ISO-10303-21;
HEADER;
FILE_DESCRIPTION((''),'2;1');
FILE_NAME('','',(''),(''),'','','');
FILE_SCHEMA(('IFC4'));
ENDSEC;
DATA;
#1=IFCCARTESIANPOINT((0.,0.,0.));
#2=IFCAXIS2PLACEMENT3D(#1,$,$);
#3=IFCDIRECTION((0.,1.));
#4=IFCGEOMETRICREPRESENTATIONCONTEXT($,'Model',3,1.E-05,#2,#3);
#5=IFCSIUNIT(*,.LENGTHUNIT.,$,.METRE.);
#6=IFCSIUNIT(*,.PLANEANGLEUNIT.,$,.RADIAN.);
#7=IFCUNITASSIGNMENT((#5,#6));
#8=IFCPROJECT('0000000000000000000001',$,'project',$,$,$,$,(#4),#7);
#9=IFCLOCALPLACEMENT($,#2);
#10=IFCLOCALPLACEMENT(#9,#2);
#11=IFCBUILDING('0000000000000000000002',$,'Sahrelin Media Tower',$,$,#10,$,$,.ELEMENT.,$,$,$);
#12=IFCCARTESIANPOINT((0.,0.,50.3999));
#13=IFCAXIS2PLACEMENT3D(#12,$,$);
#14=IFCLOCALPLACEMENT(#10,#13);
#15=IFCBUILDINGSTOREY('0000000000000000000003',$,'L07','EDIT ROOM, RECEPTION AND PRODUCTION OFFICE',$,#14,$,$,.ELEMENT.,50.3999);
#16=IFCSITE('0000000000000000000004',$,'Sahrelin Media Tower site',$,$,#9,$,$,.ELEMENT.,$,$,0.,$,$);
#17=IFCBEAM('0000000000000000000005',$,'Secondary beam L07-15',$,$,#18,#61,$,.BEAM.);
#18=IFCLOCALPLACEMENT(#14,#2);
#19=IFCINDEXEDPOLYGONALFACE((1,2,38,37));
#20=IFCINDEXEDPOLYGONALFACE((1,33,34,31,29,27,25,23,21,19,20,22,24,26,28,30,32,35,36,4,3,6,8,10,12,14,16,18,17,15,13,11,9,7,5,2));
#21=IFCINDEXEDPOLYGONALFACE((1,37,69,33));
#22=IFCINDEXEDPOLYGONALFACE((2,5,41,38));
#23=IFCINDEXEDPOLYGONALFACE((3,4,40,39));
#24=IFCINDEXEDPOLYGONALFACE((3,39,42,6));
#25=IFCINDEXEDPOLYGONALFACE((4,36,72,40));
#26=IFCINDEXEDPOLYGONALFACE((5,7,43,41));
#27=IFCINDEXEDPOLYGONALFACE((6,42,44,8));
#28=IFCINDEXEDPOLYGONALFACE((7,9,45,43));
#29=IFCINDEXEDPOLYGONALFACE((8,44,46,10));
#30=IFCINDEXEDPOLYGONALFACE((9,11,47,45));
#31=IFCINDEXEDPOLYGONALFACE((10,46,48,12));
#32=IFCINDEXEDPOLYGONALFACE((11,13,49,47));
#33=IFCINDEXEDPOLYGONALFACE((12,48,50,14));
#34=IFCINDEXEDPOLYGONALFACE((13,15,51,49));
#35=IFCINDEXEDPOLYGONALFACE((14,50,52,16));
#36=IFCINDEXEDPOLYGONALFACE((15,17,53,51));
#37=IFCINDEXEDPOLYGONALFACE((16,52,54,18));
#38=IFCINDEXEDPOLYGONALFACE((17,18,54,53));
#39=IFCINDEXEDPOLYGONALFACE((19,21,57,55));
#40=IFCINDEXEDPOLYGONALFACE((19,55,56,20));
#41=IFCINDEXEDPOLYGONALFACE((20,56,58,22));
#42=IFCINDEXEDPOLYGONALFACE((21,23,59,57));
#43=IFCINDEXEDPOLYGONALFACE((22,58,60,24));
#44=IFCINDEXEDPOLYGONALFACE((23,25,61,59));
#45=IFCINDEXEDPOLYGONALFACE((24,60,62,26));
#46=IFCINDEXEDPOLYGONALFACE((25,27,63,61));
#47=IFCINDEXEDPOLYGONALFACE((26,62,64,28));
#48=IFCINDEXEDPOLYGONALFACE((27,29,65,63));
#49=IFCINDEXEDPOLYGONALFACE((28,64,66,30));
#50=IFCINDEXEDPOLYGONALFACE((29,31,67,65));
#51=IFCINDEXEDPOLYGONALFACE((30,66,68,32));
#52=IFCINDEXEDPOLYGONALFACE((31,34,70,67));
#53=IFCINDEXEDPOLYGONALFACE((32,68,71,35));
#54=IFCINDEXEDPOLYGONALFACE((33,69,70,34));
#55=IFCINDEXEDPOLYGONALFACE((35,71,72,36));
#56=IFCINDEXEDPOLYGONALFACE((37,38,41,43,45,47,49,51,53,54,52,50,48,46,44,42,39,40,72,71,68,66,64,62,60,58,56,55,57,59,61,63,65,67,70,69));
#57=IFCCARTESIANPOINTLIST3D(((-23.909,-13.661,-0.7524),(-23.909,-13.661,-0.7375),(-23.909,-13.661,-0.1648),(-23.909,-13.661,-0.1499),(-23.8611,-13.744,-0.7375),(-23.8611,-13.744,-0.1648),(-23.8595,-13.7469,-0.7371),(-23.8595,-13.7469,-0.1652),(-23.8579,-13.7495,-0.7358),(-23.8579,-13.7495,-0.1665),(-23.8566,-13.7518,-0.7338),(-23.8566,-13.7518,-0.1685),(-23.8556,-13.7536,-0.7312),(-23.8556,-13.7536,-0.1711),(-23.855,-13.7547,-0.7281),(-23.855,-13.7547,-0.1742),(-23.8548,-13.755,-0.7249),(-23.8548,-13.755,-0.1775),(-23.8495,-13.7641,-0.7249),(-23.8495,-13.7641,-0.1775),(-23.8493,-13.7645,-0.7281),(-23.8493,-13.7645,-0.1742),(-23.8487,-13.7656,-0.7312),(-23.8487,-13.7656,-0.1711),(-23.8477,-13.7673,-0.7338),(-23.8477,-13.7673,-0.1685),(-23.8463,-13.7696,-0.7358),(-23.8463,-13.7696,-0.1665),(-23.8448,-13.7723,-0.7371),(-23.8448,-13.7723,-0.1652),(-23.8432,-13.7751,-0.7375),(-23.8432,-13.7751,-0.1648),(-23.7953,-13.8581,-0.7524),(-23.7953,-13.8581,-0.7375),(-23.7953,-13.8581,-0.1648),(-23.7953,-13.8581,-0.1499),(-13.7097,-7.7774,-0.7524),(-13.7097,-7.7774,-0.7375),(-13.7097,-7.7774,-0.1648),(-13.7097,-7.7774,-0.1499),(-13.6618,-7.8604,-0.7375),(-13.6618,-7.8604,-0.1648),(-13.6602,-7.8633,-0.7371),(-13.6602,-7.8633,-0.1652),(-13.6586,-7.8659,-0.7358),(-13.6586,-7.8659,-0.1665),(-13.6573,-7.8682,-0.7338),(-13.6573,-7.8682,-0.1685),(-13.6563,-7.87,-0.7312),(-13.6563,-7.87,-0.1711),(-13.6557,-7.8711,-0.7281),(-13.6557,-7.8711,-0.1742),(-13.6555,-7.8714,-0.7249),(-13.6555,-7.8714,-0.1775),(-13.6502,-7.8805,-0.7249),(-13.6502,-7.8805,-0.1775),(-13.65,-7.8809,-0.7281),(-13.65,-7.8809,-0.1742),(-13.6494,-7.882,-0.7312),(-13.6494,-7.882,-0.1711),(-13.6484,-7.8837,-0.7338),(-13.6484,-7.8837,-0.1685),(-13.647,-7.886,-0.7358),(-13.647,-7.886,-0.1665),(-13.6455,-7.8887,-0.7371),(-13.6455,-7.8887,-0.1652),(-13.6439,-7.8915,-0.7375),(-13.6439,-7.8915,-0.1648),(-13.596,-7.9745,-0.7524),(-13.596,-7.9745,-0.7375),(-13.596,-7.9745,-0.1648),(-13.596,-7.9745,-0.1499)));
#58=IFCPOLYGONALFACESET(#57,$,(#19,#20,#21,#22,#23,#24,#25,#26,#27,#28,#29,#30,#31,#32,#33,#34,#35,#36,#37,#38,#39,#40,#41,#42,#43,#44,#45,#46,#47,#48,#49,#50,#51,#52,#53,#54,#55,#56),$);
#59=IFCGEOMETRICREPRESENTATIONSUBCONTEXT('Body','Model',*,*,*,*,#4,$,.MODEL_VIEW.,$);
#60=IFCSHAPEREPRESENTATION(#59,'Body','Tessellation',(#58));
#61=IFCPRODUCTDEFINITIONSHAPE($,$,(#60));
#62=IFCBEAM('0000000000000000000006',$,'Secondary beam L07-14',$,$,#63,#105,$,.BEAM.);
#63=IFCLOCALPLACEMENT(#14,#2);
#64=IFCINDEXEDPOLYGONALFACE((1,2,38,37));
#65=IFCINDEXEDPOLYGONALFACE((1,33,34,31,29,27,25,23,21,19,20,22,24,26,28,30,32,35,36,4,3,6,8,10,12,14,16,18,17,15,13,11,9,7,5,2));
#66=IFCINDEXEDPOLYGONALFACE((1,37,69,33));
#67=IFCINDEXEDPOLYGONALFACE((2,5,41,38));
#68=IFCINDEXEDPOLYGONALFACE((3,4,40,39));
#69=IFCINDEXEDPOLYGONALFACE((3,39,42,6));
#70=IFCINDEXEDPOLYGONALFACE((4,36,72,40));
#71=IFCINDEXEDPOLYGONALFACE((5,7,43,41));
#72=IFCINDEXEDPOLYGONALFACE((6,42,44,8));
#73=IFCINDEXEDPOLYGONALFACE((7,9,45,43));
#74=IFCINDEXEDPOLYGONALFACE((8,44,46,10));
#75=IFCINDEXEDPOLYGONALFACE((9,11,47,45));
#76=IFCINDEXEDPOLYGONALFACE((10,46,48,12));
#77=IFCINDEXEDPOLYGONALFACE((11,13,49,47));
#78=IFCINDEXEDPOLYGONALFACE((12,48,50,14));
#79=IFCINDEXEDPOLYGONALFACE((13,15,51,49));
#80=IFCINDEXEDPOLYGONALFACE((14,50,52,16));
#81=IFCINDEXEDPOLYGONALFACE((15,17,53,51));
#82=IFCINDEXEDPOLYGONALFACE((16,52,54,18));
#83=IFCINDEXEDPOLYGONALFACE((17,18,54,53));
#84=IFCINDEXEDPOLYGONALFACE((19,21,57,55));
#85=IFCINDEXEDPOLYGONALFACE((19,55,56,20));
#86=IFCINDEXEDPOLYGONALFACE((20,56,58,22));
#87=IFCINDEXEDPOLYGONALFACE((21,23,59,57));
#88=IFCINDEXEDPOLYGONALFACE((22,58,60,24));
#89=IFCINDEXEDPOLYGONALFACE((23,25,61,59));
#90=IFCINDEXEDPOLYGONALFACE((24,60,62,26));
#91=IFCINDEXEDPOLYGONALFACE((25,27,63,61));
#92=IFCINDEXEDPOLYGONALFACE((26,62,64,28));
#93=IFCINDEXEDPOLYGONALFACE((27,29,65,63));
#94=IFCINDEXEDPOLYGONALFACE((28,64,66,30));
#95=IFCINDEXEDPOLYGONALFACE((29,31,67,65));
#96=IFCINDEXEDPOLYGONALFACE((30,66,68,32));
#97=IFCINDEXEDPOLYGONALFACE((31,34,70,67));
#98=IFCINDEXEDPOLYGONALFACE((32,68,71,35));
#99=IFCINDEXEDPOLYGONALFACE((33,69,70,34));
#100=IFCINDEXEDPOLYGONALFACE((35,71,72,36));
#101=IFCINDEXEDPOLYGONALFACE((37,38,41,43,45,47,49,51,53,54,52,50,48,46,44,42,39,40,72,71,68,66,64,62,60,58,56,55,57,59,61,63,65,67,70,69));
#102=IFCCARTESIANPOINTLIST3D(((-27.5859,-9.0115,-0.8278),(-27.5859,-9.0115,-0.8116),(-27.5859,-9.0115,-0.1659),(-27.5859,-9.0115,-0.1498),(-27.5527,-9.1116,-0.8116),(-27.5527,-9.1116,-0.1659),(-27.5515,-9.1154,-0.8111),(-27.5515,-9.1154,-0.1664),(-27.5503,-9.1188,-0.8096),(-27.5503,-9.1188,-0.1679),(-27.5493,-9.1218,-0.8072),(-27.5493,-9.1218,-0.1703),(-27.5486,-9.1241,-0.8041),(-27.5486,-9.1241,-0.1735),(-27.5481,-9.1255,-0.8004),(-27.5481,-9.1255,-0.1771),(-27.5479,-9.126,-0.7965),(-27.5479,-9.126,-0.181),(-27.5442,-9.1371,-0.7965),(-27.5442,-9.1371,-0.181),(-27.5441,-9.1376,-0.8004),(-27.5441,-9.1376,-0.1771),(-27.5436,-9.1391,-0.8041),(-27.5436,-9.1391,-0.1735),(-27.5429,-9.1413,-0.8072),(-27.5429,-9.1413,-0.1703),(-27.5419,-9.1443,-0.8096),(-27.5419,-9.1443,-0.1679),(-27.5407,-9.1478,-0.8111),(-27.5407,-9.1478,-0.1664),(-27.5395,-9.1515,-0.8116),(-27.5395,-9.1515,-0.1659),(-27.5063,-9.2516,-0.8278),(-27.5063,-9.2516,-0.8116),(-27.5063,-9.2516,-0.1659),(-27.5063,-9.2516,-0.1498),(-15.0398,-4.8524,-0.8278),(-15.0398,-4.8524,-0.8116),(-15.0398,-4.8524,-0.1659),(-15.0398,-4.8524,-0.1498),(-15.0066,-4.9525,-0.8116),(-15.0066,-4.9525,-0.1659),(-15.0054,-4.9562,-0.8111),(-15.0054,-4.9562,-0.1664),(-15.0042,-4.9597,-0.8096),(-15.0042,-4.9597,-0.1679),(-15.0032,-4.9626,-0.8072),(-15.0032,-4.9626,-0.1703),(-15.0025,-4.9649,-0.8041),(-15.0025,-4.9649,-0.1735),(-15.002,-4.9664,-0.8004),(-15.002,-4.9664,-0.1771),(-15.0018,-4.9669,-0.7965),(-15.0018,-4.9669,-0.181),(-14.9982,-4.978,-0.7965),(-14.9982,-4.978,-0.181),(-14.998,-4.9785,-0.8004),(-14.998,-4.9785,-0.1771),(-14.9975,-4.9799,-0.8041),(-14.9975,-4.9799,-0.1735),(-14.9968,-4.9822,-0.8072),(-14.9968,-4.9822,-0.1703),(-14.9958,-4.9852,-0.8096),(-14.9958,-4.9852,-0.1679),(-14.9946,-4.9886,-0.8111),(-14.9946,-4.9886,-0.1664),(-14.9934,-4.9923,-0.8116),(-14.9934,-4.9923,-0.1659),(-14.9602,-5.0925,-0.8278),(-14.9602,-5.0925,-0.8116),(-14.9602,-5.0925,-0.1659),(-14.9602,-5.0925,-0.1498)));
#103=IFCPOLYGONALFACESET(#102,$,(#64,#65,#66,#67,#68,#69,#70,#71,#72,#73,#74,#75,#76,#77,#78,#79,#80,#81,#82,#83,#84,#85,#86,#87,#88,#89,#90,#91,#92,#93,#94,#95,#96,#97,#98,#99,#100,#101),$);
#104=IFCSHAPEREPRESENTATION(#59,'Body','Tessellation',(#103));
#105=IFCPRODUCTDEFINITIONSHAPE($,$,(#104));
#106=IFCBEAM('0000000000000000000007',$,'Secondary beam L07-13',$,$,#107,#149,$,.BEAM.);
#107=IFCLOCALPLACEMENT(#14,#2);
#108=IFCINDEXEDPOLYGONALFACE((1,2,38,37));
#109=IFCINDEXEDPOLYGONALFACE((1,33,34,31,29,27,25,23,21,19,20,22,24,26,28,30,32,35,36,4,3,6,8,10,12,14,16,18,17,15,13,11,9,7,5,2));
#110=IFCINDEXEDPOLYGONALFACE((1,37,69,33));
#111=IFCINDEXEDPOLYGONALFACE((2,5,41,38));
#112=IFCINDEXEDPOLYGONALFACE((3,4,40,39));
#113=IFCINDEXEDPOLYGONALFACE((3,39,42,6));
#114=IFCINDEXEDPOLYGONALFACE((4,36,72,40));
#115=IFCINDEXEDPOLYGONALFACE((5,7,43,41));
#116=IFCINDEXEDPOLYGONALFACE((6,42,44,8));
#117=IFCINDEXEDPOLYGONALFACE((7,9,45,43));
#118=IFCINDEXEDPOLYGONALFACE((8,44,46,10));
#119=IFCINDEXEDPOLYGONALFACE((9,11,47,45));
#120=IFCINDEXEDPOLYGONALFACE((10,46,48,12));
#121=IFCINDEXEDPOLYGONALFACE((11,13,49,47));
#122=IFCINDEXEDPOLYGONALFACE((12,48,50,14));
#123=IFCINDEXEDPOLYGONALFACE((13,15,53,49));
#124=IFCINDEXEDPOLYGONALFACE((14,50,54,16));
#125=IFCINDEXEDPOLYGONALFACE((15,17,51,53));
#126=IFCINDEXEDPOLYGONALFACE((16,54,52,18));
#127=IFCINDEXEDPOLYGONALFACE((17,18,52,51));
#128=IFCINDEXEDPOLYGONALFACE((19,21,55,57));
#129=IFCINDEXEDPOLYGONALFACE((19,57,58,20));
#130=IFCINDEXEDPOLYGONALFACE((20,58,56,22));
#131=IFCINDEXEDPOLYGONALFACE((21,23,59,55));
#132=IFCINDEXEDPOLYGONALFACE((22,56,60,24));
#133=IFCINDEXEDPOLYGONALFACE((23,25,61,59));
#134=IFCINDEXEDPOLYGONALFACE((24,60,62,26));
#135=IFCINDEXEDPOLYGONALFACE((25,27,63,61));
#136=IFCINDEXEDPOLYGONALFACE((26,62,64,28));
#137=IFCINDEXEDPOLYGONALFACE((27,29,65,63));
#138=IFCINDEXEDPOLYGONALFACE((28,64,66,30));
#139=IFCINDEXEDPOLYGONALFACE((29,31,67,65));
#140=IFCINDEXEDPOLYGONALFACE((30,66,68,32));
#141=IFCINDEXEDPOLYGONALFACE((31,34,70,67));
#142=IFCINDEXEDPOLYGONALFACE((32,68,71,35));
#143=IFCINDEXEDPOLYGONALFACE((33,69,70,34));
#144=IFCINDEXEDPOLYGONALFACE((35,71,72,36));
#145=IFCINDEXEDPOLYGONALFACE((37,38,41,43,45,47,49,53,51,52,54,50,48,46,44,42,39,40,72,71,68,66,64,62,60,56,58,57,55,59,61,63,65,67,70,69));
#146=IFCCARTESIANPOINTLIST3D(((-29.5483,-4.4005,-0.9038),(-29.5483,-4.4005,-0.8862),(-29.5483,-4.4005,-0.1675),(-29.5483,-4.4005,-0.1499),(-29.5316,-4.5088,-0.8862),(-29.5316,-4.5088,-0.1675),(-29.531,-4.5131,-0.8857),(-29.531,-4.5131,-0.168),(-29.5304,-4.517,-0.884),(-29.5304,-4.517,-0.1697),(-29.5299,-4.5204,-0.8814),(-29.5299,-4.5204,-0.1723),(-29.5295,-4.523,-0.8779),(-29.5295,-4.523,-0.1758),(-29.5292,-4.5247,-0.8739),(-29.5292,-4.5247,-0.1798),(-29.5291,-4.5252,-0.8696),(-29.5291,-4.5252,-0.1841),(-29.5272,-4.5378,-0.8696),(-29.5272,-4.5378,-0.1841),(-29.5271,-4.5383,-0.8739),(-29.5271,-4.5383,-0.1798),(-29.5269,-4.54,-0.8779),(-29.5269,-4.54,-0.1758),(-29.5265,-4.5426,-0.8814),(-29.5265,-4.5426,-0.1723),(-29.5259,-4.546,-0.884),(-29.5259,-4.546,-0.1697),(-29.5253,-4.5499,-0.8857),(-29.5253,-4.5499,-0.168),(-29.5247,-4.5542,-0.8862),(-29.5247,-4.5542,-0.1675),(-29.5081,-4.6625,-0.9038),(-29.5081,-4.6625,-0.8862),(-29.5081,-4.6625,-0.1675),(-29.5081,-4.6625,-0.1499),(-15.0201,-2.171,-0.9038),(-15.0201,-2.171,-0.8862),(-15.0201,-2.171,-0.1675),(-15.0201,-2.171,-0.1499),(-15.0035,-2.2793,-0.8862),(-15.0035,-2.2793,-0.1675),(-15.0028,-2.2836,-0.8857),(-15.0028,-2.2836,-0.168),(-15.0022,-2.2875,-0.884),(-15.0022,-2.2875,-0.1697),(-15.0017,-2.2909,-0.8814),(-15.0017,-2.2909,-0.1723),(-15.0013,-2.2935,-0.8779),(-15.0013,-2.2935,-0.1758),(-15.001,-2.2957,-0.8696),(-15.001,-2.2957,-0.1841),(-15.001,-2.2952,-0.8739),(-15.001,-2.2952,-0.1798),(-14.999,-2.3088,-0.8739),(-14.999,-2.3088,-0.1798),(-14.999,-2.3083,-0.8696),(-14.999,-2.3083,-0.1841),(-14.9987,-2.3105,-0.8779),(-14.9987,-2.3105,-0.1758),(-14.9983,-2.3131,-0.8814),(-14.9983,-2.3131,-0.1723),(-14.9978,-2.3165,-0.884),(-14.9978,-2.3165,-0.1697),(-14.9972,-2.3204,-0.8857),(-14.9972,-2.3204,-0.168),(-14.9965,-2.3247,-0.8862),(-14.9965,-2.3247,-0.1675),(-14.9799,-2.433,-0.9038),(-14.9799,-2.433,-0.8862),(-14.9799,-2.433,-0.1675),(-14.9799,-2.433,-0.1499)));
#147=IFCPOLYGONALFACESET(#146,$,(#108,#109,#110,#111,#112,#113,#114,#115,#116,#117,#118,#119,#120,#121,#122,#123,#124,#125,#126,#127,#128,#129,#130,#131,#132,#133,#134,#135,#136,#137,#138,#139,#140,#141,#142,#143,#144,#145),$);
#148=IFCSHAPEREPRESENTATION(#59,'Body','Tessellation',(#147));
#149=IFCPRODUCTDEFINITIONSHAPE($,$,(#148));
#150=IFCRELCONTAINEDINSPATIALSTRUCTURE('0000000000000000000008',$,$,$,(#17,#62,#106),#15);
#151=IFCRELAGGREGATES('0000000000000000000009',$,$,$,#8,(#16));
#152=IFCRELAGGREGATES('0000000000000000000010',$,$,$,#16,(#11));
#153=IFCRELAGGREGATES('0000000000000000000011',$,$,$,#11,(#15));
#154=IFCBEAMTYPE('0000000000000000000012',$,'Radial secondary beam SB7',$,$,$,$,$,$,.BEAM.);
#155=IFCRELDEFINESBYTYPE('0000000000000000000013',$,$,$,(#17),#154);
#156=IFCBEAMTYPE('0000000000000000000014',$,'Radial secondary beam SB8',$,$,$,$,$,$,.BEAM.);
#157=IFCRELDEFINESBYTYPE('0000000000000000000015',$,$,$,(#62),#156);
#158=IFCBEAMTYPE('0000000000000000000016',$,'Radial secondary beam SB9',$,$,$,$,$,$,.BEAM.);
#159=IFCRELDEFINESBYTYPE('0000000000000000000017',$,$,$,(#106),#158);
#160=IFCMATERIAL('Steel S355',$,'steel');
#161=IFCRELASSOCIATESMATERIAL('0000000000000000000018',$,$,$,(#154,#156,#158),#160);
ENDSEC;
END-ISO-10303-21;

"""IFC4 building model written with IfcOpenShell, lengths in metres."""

from ifc_helpers import new_model, si_unit, direction, frame, origin, origin_2d, place, context, subcontext, project, spatial, i_section, extrude, material, material_profile, profile_set, type_object, element, save


model = new_model("IFC4")

# Units and contexts
model_context = context("Model", 3, precision=1e-05, world=origin(), true_north=direction((0.0, 1.0)))
body_context = subcontext(model_context, "Body", "Model", "MODEL_VIEW")
ifc_project = project(units=[si_unit("LENGTHUNIT", "METRE"), si_unit("PLANEANGLEUNIT", "RADIAN")], contexts=[model_context])

# Site, building, storey
site_placement = place(None, origin())
site = spatial("IfcSite", under=ifc_project, at=site_placement, Name="Sahrelin Media Tower site", CompositionType="ELEMENT", RefElevation=0.0)
building_placement = place(site_placement, origin())
building = spatial("IfcBuilding", under=site, at=building_placement, Name="Sahrelin Media Tower", CompositionType="ELEMENT")
storey_placement = place(building_placement, frame((0.0, 0.0, 50.3999)))
storey = spatial("IfcBuildingStorey", under=building, at=storey_placement, Name="L07", Description="EDIT ROOM, RECEPTION AND PRODUCTION OFFICE", CompositionType="ELEMENT", Elevation=50.3999)

# Beams
ifc_material_1 = material(Name="Steel S355", Category="steel")
ifc_material_profile_1 = material_profile(ifc_material_1, i_section(OverallWidth=0.2275, OverallDepth=0.6025, WebThickness=0.0105, FlangeThickness=0.0149, FilletRadius=0.0127, at=origin_2d()), Name="UB 610x229x101")
ifc_profile_set_1 = profile_set([ifc_material_profile_1], Name="Steel S355")
beam_type_1 = type_object("IfcBeamType", Name="Radial secondary beam SB7", PredefinedType="BEAM", material=ifc_profile_set_1)
beam_1_placement = place(storey_placement, frame((-13.6528, -7.876, -0.4512), z_axis=(-0.866208, -0.499683, 0.0), x_axis=(0.499683, -0.866208, 0.0)))
element("IfcBeam", 1, at=beam_1_placement, inside=storey, type_object=beam_type_1, Name="Secondary beam L07-15", PredefinedType="BEAM", context=body_context, shape_type="SweptSolid", body=[
    extrude(i_section(OverallWidth=0.2275, OverallDepth=0.6025, WebThickness=0.0105, FlangeThickness=0.0149, FilletRadius=0.0127, at=origin_2d()), origin(), (0.0, 0.0, 1.0), 11.7747),
])
ifc_material_profile_2 = material_profile(ifc_material_1, i_section(OverallWidth=0.2529, OverallDepth=0.678, WebThickness=0.0117, FlangeThickness=0.0161, FilletRadius=0.0151, at=origin_2d()), Name="UB 686x254x125")
ifc_profile_set_2 = profile_set([ifc_material_profile_2], Name="Steel S355")
beam_type_2 = type_object("IfcBeamType", Name="Radial secondary beam SB8", PredefinedType="BEAM", material=ifc_profile_set_2)
beam_2_placement = place(storey_placement, frame((-15.0, -4.9724, -0.4888), z_axis=(-0.949201, -0.31467, 0.0), x_axis=(0.31467, -0.949201, 0.0)))
element("IfcBeam", 2, at=beam_2_placement, inside=storey, type_object=beam_type_2, Name="Secondary beam L07-14", PredefinedType="BEAM", context=body_context, shape_type="SweptSolid", body=[
    extrude(i_section(OverallWidth=0.2529, OverallDepth=0.678, WebThickness=0.0117, FlangeThickness=0.0161, FilletRadius=0.0151, at=origin_2d()), origin(), (0.0, 0.0, 1.0), 13.2175),
])
ifc_material_profile_3 = material_profile(ifc_material_1, i_section(OverallWidth=0.2651, OverallDepth=0.7539, WebThickness=0.0127, FlangeThickness=0.0176, FilletRadius=0.0166, at=origin_2d()), Name="UB 762x267x147")
ifc_profile_set_3 = profile_set([ifc_material_profile_3], Name="Steel S355")
beam_type_3 = type_object("IfcBeamType", Name="Radial secondary beam SB9", PredefinedType="BEAM", material=ifc_profile_set_3)
beam_3_placement = place(storey_placement, frame((-15.0, -2.302, -0.5269), z_axis=(-0.988429, -0.151685, 0.0), x_axis=(0.151685, -0.988429, 0.0)))
element("IfcBeam", 3, at=beam_3_placement, inside=storey, type_object=beam_type_3, Name="Secondary beam L07-13", PredefinedType="BEAM", context=body_context, shape_type="SweptSolid", body=[
    extrude(i_section(OverallWidth=0.2651, OverallDepth=0.7539, WebThickness=0.0127, FlangeThickness=0.0176, FilletRadius=0.0166, at=origin_2d()), origin(), (0.0, 0.0, 1.0), 14.6982),
])

save(model, "model.ifc")
